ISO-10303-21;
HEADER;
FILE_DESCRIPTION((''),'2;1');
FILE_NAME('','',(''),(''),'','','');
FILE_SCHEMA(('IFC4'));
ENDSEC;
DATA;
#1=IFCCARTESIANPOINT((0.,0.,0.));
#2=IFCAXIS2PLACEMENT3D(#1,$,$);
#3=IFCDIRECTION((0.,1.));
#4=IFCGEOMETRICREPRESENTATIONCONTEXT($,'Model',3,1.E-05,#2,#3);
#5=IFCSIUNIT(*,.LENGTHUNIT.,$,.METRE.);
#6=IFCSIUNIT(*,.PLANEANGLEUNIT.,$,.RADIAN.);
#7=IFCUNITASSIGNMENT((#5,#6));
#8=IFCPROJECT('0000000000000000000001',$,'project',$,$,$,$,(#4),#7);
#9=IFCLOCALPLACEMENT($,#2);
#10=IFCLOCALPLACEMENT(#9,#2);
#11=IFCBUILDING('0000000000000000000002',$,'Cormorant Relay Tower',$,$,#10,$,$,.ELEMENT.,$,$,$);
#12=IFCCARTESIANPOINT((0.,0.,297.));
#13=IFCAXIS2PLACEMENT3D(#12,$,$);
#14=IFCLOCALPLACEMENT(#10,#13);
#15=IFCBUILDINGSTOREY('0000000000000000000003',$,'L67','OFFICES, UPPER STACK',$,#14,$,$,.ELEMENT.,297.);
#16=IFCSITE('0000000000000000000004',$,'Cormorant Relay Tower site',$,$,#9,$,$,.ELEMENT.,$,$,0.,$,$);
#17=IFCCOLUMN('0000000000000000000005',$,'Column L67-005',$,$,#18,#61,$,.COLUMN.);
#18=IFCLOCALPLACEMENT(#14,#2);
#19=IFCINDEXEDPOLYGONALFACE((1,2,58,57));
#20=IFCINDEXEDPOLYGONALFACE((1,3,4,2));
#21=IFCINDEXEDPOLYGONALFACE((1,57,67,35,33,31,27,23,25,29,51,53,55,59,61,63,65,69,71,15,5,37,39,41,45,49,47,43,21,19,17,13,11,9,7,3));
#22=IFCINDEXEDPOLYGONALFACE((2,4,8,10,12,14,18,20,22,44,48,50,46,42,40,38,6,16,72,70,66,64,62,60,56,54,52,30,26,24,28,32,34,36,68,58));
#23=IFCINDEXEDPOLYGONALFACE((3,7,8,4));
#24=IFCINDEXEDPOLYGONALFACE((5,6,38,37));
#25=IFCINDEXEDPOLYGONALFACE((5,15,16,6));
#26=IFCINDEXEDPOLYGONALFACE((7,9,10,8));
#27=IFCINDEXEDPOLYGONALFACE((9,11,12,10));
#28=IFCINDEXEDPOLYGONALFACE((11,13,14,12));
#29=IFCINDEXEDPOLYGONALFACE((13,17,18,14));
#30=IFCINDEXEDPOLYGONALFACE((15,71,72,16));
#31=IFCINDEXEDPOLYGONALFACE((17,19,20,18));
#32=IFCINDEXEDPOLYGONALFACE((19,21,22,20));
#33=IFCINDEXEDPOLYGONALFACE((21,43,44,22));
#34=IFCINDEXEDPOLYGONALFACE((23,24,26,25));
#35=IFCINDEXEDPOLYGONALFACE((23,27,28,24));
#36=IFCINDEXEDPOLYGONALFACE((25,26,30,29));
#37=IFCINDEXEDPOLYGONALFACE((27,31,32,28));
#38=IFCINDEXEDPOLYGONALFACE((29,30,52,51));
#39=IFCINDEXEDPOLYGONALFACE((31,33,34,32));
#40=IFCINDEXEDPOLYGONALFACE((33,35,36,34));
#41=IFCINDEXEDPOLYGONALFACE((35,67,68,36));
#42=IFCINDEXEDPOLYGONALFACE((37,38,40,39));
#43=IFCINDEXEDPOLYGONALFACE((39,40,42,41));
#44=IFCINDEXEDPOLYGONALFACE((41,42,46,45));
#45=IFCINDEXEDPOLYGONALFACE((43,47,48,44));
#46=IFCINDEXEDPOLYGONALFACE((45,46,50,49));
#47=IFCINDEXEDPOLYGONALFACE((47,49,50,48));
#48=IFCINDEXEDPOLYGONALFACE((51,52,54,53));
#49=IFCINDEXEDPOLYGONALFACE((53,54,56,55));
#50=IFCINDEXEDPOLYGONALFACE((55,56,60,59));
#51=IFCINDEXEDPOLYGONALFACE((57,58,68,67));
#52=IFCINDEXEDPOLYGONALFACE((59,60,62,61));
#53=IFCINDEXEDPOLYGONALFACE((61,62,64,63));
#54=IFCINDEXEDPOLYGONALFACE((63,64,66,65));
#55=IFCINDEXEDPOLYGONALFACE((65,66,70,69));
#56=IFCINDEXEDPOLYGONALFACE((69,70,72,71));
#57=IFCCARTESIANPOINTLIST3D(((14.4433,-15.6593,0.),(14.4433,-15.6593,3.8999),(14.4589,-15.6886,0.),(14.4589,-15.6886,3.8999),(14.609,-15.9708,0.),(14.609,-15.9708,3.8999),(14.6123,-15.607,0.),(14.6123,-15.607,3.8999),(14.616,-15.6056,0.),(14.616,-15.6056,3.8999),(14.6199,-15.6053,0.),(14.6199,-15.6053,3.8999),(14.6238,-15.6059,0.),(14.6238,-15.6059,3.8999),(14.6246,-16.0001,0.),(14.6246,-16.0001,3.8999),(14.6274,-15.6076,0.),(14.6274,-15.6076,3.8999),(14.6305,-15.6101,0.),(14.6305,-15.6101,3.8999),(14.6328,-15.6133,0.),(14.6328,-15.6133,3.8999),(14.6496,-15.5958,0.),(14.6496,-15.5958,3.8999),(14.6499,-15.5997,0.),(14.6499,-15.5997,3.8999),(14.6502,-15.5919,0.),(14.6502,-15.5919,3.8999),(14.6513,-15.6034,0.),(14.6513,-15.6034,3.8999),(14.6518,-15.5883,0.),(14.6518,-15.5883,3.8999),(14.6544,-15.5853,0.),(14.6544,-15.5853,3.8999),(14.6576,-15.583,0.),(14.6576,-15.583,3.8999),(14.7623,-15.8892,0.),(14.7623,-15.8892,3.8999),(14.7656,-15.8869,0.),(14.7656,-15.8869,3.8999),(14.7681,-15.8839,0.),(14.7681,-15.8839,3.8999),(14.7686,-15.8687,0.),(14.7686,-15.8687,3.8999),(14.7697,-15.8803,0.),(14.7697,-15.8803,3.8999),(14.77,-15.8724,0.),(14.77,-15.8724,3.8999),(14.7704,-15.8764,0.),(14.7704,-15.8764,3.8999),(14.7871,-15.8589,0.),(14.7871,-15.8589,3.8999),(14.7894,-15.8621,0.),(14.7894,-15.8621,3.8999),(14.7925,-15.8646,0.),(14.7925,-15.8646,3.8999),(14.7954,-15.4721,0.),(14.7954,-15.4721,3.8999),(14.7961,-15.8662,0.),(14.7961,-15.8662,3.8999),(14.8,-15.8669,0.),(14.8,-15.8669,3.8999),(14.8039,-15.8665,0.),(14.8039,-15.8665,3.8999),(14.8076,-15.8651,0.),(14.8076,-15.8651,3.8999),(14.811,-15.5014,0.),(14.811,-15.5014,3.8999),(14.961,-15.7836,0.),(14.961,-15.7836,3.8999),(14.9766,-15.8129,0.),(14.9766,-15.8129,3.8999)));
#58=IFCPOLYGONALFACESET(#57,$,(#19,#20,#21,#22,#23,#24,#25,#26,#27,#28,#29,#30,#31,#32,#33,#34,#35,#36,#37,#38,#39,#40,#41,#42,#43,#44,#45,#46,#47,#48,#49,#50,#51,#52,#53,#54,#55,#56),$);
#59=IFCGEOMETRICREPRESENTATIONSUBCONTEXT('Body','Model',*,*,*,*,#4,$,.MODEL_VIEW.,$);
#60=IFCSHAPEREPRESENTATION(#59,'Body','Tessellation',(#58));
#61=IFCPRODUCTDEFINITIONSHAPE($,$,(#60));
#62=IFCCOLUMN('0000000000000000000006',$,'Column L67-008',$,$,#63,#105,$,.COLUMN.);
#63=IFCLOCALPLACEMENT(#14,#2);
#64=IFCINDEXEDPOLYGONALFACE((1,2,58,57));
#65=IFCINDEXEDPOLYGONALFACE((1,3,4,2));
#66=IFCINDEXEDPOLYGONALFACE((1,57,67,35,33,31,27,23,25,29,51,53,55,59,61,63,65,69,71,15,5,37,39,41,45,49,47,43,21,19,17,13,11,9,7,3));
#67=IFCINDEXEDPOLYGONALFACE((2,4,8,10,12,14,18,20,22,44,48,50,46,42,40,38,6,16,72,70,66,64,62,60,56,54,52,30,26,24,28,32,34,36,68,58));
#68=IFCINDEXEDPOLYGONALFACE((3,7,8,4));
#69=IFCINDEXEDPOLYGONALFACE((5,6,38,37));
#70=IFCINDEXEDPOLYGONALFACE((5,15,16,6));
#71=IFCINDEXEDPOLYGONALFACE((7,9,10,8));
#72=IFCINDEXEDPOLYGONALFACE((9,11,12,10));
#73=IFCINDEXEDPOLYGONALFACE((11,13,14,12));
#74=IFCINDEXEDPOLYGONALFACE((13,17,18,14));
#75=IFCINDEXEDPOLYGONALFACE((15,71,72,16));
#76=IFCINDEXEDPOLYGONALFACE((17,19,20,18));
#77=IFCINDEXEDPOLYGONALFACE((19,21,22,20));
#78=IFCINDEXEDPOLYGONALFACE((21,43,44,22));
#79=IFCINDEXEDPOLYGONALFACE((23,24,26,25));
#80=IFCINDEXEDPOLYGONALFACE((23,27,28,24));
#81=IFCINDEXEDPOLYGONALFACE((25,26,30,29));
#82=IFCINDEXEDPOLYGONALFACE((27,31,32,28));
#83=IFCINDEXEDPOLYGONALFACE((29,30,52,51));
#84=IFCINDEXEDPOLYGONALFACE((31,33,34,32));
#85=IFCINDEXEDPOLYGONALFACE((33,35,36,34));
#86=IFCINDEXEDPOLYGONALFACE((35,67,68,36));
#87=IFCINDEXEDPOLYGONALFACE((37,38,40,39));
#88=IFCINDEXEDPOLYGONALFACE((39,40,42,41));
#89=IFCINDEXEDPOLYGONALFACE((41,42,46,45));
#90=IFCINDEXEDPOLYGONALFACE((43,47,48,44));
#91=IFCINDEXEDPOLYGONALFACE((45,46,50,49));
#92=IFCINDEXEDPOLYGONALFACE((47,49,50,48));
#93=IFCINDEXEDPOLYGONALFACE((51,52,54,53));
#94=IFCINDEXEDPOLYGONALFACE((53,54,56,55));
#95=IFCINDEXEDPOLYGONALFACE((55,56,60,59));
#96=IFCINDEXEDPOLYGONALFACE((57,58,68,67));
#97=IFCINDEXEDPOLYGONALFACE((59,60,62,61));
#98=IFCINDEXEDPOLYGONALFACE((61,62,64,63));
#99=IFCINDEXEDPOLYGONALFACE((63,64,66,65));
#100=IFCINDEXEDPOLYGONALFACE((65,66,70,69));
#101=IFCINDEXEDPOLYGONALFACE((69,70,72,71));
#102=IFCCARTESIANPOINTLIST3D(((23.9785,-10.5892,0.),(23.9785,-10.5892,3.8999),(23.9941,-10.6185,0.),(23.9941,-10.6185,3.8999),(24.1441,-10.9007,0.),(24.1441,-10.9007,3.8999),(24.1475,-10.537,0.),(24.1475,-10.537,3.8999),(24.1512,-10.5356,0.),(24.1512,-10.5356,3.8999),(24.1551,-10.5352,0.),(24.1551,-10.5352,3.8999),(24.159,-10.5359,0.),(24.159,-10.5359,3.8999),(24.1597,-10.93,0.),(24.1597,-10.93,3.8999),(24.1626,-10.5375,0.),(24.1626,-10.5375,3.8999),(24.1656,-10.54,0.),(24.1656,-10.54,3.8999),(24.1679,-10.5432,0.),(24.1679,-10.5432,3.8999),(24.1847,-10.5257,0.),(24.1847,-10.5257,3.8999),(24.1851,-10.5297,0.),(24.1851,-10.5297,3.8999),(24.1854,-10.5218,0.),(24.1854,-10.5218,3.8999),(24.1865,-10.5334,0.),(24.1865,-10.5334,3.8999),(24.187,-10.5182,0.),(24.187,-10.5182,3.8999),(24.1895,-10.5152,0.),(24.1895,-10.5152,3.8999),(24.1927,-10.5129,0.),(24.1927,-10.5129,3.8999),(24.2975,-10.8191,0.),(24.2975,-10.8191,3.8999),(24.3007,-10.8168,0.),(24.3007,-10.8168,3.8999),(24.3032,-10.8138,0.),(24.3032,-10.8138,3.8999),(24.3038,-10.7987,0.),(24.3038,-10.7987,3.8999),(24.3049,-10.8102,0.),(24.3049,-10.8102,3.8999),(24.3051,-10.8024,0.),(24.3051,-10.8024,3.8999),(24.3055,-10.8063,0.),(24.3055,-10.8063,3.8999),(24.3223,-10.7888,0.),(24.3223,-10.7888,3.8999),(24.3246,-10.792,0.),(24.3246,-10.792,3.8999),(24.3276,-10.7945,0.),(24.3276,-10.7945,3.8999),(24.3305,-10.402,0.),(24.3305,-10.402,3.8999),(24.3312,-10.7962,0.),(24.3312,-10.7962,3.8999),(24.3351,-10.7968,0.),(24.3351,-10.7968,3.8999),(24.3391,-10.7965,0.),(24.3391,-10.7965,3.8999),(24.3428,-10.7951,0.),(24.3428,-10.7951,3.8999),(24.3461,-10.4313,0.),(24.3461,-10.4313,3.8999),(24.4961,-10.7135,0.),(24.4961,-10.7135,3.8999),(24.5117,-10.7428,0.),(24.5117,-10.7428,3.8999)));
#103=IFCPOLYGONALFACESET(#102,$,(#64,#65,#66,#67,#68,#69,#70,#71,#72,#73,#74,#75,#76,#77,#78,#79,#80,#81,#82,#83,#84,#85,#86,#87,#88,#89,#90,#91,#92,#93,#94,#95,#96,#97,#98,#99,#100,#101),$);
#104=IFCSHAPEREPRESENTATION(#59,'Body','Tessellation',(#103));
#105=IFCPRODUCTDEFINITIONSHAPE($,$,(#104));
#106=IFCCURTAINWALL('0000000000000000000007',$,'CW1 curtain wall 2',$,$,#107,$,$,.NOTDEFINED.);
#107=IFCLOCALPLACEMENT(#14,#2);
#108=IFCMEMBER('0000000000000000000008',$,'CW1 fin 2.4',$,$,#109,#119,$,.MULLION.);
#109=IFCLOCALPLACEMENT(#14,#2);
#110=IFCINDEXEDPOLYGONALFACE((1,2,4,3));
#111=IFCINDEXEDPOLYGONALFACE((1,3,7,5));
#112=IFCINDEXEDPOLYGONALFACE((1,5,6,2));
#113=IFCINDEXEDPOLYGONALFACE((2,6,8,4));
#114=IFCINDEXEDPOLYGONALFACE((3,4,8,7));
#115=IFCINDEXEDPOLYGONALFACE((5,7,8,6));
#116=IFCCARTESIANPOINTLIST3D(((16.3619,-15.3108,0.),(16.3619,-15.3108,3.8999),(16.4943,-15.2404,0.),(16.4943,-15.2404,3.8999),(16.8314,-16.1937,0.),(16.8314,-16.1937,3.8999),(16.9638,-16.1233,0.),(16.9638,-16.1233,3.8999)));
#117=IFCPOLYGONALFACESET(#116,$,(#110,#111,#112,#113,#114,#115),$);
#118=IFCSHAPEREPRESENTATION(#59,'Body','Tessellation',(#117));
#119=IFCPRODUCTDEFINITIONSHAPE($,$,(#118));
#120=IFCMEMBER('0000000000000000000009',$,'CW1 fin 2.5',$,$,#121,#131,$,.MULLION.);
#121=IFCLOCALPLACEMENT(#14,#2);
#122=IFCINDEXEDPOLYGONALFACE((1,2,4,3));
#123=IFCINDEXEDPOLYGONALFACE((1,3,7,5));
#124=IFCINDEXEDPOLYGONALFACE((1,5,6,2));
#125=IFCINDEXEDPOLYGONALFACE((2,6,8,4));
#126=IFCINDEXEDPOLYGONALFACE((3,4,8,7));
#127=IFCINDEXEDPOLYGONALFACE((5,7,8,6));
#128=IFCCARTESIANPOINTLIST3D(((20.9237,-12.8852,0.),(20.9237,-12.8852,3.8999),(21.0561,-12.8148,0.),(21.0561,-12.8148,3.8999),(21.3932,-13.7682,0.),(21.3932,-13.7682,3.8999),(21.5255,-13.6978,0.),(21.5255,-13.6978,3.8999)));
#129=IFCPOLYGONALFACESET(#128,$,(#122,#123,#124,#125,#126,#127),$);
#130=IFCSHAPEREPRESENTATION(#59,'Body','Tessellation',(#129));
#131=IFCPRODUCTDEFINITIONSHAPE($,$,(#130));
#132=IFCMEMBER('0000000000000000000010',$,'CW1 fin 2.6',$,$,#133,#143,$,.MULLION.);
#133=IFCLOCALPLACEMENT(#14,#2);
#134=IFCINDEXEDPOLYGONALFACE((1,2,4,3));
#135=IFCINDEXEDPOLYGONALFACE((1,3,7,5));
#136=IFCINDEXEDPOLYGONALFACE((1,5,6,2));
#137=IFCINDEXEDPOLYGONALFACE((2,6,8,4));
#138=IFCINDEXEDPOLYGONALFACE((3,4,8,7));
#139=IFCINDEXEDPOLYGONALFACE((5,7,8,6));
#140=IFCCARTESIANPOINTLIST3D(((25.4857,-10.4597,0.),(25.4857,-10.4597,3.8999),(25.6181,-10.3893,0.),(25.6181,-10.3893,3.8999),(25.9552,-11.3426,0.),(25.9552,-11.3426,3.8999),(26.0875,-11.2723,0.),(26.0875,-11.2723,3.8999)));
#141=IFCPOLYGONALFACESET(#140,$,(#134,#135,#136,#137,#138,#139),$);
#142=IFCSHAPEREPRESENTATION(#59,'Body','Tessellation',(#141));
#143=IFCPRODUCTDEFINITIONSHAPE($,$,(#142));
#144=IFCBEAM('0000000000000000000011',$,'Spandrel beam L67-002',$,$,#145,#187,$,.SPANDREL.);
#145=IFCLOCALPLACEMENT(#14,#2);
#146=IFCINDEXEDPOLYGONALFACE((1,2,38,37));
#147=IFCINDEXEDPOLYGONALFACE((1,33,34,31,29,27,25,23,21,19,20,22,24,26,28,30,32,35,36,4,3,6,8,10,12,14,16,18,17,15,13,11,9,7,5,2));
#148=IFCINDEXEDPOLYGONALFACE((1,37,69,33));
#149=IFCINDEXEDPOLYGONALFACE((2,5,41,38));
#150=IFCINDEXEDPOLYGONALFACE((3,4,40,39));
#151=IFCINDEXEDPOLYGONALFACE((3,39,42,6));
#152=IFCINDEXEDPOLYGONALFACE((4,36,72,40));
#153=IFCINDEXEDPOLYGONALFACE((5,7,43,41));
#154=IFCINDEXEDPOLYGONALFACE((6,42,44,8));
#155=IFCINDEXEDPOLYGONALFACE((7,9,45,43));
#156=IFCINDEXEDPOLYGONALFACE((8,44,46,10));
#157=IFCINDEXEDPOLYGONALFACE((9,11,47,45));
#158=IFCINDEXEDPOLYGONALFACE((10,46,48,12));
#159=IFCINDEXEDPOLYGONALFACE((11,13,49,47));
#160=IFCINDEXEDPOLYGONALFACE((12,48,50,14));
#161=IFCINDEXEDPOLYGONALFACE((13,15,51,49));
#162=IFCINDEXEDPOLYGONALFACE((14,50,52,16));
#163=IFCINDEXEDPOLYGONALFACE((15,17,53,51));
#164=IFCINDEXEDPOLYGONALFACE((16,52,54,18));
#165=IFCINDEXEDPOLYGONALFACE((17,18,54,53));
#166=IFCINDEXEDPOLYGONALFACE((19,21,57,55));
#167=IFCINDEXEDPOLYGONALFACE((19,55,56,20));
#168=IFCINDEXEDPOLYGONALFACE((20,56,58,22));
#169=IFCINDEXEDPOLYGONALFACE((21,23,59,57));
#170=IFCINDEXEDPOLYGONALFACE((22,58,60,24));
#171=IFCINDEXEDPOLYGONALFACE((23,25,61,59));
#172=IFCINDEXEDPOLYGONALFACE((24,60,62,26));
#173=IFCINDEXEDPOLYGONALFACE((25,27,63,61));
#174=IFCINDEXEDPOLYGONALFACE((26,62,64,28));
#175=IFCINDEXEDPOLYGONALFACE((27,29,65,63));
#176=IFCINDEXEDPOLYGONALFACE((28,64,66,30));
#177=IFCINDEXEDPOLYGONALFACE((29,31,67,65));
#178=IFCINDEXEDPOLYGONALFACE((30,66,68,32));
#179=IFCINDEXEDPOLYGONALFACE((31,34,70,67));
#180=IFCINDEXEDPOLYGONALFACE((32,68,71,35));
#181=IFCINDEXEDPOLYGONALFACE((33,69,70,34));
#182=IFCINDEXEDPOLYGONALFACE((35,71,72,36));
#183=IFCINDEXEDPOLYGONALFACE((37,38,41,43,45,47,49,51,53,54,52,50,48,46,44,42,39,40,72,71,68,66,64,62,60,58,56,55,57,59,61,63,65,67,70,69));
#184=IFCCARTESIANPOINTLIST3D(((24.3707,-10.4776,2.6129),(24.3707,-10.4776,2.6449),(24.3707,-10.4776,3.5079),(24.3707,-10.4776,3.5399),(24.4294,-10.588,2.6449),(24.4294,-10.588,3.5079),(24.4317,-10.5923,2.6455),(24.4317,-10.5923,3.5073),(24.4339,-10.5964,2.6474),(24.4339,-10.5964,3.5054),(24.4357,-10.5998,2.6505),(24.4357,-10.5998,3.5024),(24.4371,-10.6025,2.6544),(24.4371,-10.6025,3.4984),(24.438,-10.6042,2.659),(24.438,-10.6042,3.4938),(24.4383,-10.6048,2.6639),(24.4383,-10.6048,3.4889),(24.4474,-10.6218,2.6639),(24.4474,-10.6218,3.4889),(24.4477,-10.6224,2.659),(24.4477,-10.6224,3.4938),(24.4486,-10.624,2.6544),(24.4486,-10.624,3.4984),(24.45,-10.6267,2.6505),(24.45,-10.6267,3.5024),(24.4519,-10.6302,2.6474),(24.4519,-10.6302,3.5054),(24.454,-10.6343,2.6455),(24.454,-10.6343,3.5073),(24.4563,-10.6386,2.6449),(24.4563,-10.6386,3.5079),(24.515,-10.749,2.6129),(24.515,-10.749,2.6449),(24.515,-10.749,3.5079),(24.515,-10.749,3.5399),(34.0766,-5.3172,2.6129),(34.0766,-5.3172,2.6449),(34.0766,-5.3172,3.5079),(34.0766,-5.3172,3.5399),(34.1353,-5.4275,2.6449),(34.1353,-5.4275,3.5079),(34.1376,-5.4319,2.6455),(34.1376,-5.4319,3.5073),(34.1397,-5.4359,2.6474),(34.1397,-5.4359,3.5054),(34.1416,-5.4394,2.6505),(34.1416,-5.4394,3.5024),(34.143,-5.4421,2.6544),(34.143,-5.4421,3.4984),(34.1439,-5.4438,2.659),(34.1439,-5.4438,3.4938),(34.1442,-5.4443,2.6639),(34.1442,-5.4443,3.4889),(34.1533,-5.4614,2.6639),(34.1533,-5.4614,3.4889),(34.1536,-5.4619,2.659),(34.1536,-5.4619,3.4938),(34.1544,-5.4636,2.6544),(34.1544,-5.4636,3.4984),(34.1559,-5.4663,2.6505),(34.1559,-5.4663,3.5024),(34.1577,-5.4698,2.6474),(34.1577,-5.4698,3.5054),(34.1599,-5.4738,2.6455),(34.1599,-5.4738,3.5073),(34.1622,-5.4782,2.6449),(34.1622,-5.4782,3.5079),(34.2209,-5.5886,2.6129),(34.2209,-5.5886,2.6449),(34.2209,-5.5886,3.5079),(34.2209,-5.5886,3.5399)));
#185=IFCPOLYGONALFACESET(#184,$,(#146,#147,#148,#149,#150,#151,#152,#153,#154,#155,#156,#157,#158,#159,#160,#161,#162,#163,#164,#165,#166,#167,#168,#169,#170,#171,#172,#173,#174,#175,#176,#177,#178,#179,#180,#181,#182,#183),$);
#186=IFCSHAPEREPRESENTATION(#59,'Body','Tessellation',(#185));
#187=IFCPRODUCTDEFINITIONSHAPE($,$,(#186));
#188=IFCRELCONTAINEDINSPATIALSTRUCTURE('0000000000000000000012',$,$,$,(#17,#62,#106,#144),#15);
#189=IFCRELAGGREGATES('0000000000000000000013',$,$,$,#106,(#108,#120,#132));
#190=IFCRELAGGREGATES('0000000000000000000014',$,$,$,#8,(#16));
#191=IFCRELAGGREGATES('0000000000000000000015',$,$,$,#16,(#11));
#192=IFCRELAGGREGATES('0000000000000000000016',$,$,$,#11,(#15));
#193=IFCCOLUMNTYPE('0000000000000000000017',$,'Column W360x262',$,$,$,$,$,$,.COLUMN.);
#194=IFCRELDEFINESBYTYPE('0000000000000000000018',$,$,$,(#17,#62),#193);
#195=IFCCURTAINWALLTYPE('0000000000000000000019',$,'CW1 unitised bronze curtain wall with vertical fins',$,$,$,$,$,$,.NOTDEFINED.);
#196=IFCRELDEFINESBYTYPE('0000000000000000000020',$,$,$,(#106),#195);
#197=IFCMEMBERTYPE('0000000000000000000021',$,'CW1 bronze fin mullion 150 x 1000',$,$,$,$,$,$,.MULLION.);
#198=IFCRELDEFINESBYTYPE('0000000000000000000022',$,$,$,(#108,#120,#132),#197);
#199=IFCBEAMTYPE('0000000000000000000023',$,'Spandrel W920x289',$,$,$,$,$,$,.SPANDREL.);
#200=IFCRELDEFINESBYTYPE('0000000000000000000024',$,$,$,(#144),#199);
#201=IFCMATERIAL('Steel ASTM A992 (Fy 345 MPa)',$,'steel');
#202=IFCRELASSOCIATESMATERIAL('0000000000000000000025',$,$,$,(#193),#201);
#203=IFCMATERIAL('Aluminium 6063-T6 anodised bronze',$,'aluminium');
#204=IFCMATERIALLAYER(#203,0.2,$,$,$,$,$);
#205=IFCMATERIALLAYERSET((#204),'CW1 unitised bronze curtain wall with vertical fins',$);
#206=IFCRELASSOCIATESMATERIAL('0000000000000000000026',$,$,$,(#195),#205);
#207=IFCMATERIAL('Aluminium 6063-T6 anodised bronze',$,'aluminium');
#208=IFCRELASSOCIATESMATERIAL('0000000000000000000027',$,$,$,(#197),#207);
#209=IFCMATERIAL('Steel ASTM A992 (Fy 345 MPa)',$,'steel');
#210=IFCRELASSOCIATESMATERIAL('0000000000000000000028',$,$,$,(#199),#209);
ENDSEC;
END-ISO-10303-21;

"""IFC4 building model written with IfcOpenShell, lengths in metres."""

from ifc_helpers import new_model, si_unit, direction, frame, origin, origin_2d, place, context, subcontext, project, spatial, rectangle, i_section, extrude, material, layer, layer_set, material_profile, profile_set, type_object, element, aggregate, save


model = new_model("IFC4")

# Units and contexts
model_context = context("Model", 3, precision=1e-05, world=origin(), true_north=direction((0.0, 1.0)))
body_context = subcontext(model_context, "Body", "Model", "MODEL_VIEW")
ifc_project = project(units=[si_unit("LENGTHUNIT", "METRE"), si_unit("PLANEANGLEUNIT", "RADIAN")], contexts=[model_context])

# Site, building, storey
site_placement = place(None, origin())
site = spatial("IfcSite", under=ifc_project, at=site_placement, Name="Cormorant Relay Tower site", CompositionType="ELEMENT", RefElevation=0.0)
building_placement = place(site_placement, origin())
building = spatial("IfcBuilding", under=site, at=building_placement, Name="Cormorant Relay Tower", CompositionType="ELEMENT")
storey_placement = place(building_placement, frame((0.0, 0.0, 297.0)))
storey = spatial("IfcBuildingStorey", under=building, at=storey_placement, Name="L67", Description="OFFICES, UPPER STACK", CompositionType="ELEMENT", Elevation=297.0)

# Columns
ifc_material_1 = material(Name="Steel ASTM A992 (Fy 345 MPa)", Category="steel")
ifc_material_profile_1 = material_profile(ifc_material_1, i_section(OverallWidth=0.3987, OverallDepth=0.386, WebThickness=0.021, FlangeThickness=0.0332, FilletRadius=0.0151, at=origin_2d()), Name="W360x262")
ifc_profile_set_1 = profile_set([ifc_material_profile_1], Name="Steel ASTM A992 (Fy 345 MPa)")
column_type = type_object("IfcColumnType", Name="Column W360x262", PredefinedType="COLUMN", material=ifc_profile_set_1)
for number, where, z_axis, x_axis, name in (
    (1, (14.71, -15.7361, 0.0), (0.0, 0.0, 1.0), (0.882948, 0.469472, 0.0), "Column L67-005"),
    (2, (24.2451, -10.666, 0.0), (0.0, 0.0, 1.0), (0.882948, 0.469472, 0.0), "Column L67-008"),
):
    element("IfcColumn", number, at=place(storey_placement, frame(where, z_axis=z_axis, x_axis=x_axis)), inside=storey, type_object=column_type, Name=name, PredefinedType="COLUMN", context=body_context, shape_type="SweptSolid", body=[
        extrude(i_section(OverallWidth=0.3987, OverallDepth=0.386, WebThickness=0.021, FlangeThickness=0.0332, FilletRadius=0.0151, at=origin_2d()), origin(), (0.0, 0.0, 1.0), 3.8999),
    ])

# Curtain wall, members
ifc_material_2 = material(Name="Aluminium 6063-T6 anodised bronze", Category="aluminium")
ifc_layer_1 = layer(ifc_material_2, 0.2)
ifc_layer_set_1 = layer_set([ifc_layer_1], Name="CW1 unitised bronze curtain wall with vertical fins")
curtain_wall_type = type_object("IfcCurtainWallType", Name="CW1 unitised bronze curtain wall with vertical fins", PredefinedType="NOTDEFINED", material=ifc_layer_set_1)
curtain_wall_placement = place(storey_placement, origin())
curtain_wall = element("IfcCurtainWall", 3, at=curtain_wall_placement, inside=storey, type_object=curtain_wall_type, Name="CW1 curtain wall 2", PredefinedType="NOTDEFINED")
ifc_material_3 = material(Name="Aluminium 6063-T6 anodised bronze", Category="aluminium")
ifc_material_profile_2 = material_profile(ifc_material_3, rectangle(XDim=0.1499, YDim=1.0, at=origin_2d()), Name="AL 150x1000")
ifc_profile_set_2 = profile_set([ifc_material_profile_2], Name="Aluminium 6063-T6 anodised bronze")
member_type = type_object("IfcMemberType", Name="CW1 bronze fin mullion 150 x 1000", PredefinedType="MULLION", material=ifc_profile_set_2)
member_1_placement = place(storey_placement, frame((16.6628, -15.717, 0.0), z_axis=(0.0, 0.0, 1.0), x_axis=(0.882948, 0.469472, 0.0)))
member_1 = element("IfcMember", 4, at=member_1_placement, type_object=member_type, Name="CW1 fin 2.4", PredefinedType="MULLION", context=body_context, shape_type="SweptSolid", body=[
    extrude(rectangle(XDim=0.1499, YDim=1.0, at=origin_2d()), origin(), (0.0, 0.0, 1.0), 3.8999),
])
member_2_placement = place(storey_placement, frame((21.2246, -13.2915, 0.0), z_axis=(0.0, 0.0, 1.0), x_axis=(0.882948, 0.469472, 0.0)))
member_2 = element("IfcMember", 5, at=member_2_placement, type_object=member_type, Name="CW1 fin 2.5", PredefinedType="MULLION", context=body_context, shape_type="SweptSolid", body=[
    extrude(rectangle(XDim=0.1499, YDim=1.0, at=origin_2d()), origin(), (0.0, 0.0, 1.0), 3.8999),
])
member_3_placement = place(storey_placement, frame((25.7866, -10.866, 0.0), z_axis=(0.0, 0.0, 1.0), x_axis=(0.882948, 0.469472, 0.0)))
member_3 = element("IfcMember", 6, at=member_3_placement, type_object=member_type, Name="CW1 fin 2.6", PredefinedType="MULLION", context=body_context, shape_type="SweptSolid", body=[
    extrude(rectangle(XDim=0.1499, YDim=1.0, at=origin_2d()), origin(), (0.0, 0.0, 1.0), 3.8999),
])

# Beam
ifc_material_4 = material(Name="Steel ASTM A992 (Fy 345 MPa)", Category="steel")
ifc_material_profile_3 = material_profile(ifc_material_4, i_section(OverallWidth=0.3074, OverallDepth=0.927, WebThickness=0.0193, FlangeThickness=0.032, FilletRadius=0.019, at=origin_2d()), Name="W920x289")
ifc_profile_set_3 = profile_set([ifc_material_profile_3], Name="Steel ASTM A992 (Fy 345 MPa)")
beam_type_1 = type_object("IfcBeamType", Name="Spandrel W920x289", PredefinedType="SPANDREL", material=ifc_profile_set_3)
beam_1_placement = place(storey_placement, frame((24.4429, -10.6133, 3.0764), z_axis=(0.882958, 0.469452, 0.0), x_axis=(-0.469452, 0.882958, 0.0)))
element("IfcBeam", 7, at=beam_1_placement, inside=storey, type_object=beam_type_1, Name="Spandrel beam L67-002", PredefinedType="SPANDREL", context=body_context, shape_type="SweptSolid", body=[
    extrude(i_section(OverallWidth=0.3074, OverallDepth=0.927, WebThickness=0.0193, FlangeThickness=0.032, FilletRadius=0.019, at=origin_2d()), origin(), (0.0, 0.0, 1.0), 10.9924),
])

aggregate(curtain_wall, [member_1, member_2, member_3])

save(model, "model.ifc")
